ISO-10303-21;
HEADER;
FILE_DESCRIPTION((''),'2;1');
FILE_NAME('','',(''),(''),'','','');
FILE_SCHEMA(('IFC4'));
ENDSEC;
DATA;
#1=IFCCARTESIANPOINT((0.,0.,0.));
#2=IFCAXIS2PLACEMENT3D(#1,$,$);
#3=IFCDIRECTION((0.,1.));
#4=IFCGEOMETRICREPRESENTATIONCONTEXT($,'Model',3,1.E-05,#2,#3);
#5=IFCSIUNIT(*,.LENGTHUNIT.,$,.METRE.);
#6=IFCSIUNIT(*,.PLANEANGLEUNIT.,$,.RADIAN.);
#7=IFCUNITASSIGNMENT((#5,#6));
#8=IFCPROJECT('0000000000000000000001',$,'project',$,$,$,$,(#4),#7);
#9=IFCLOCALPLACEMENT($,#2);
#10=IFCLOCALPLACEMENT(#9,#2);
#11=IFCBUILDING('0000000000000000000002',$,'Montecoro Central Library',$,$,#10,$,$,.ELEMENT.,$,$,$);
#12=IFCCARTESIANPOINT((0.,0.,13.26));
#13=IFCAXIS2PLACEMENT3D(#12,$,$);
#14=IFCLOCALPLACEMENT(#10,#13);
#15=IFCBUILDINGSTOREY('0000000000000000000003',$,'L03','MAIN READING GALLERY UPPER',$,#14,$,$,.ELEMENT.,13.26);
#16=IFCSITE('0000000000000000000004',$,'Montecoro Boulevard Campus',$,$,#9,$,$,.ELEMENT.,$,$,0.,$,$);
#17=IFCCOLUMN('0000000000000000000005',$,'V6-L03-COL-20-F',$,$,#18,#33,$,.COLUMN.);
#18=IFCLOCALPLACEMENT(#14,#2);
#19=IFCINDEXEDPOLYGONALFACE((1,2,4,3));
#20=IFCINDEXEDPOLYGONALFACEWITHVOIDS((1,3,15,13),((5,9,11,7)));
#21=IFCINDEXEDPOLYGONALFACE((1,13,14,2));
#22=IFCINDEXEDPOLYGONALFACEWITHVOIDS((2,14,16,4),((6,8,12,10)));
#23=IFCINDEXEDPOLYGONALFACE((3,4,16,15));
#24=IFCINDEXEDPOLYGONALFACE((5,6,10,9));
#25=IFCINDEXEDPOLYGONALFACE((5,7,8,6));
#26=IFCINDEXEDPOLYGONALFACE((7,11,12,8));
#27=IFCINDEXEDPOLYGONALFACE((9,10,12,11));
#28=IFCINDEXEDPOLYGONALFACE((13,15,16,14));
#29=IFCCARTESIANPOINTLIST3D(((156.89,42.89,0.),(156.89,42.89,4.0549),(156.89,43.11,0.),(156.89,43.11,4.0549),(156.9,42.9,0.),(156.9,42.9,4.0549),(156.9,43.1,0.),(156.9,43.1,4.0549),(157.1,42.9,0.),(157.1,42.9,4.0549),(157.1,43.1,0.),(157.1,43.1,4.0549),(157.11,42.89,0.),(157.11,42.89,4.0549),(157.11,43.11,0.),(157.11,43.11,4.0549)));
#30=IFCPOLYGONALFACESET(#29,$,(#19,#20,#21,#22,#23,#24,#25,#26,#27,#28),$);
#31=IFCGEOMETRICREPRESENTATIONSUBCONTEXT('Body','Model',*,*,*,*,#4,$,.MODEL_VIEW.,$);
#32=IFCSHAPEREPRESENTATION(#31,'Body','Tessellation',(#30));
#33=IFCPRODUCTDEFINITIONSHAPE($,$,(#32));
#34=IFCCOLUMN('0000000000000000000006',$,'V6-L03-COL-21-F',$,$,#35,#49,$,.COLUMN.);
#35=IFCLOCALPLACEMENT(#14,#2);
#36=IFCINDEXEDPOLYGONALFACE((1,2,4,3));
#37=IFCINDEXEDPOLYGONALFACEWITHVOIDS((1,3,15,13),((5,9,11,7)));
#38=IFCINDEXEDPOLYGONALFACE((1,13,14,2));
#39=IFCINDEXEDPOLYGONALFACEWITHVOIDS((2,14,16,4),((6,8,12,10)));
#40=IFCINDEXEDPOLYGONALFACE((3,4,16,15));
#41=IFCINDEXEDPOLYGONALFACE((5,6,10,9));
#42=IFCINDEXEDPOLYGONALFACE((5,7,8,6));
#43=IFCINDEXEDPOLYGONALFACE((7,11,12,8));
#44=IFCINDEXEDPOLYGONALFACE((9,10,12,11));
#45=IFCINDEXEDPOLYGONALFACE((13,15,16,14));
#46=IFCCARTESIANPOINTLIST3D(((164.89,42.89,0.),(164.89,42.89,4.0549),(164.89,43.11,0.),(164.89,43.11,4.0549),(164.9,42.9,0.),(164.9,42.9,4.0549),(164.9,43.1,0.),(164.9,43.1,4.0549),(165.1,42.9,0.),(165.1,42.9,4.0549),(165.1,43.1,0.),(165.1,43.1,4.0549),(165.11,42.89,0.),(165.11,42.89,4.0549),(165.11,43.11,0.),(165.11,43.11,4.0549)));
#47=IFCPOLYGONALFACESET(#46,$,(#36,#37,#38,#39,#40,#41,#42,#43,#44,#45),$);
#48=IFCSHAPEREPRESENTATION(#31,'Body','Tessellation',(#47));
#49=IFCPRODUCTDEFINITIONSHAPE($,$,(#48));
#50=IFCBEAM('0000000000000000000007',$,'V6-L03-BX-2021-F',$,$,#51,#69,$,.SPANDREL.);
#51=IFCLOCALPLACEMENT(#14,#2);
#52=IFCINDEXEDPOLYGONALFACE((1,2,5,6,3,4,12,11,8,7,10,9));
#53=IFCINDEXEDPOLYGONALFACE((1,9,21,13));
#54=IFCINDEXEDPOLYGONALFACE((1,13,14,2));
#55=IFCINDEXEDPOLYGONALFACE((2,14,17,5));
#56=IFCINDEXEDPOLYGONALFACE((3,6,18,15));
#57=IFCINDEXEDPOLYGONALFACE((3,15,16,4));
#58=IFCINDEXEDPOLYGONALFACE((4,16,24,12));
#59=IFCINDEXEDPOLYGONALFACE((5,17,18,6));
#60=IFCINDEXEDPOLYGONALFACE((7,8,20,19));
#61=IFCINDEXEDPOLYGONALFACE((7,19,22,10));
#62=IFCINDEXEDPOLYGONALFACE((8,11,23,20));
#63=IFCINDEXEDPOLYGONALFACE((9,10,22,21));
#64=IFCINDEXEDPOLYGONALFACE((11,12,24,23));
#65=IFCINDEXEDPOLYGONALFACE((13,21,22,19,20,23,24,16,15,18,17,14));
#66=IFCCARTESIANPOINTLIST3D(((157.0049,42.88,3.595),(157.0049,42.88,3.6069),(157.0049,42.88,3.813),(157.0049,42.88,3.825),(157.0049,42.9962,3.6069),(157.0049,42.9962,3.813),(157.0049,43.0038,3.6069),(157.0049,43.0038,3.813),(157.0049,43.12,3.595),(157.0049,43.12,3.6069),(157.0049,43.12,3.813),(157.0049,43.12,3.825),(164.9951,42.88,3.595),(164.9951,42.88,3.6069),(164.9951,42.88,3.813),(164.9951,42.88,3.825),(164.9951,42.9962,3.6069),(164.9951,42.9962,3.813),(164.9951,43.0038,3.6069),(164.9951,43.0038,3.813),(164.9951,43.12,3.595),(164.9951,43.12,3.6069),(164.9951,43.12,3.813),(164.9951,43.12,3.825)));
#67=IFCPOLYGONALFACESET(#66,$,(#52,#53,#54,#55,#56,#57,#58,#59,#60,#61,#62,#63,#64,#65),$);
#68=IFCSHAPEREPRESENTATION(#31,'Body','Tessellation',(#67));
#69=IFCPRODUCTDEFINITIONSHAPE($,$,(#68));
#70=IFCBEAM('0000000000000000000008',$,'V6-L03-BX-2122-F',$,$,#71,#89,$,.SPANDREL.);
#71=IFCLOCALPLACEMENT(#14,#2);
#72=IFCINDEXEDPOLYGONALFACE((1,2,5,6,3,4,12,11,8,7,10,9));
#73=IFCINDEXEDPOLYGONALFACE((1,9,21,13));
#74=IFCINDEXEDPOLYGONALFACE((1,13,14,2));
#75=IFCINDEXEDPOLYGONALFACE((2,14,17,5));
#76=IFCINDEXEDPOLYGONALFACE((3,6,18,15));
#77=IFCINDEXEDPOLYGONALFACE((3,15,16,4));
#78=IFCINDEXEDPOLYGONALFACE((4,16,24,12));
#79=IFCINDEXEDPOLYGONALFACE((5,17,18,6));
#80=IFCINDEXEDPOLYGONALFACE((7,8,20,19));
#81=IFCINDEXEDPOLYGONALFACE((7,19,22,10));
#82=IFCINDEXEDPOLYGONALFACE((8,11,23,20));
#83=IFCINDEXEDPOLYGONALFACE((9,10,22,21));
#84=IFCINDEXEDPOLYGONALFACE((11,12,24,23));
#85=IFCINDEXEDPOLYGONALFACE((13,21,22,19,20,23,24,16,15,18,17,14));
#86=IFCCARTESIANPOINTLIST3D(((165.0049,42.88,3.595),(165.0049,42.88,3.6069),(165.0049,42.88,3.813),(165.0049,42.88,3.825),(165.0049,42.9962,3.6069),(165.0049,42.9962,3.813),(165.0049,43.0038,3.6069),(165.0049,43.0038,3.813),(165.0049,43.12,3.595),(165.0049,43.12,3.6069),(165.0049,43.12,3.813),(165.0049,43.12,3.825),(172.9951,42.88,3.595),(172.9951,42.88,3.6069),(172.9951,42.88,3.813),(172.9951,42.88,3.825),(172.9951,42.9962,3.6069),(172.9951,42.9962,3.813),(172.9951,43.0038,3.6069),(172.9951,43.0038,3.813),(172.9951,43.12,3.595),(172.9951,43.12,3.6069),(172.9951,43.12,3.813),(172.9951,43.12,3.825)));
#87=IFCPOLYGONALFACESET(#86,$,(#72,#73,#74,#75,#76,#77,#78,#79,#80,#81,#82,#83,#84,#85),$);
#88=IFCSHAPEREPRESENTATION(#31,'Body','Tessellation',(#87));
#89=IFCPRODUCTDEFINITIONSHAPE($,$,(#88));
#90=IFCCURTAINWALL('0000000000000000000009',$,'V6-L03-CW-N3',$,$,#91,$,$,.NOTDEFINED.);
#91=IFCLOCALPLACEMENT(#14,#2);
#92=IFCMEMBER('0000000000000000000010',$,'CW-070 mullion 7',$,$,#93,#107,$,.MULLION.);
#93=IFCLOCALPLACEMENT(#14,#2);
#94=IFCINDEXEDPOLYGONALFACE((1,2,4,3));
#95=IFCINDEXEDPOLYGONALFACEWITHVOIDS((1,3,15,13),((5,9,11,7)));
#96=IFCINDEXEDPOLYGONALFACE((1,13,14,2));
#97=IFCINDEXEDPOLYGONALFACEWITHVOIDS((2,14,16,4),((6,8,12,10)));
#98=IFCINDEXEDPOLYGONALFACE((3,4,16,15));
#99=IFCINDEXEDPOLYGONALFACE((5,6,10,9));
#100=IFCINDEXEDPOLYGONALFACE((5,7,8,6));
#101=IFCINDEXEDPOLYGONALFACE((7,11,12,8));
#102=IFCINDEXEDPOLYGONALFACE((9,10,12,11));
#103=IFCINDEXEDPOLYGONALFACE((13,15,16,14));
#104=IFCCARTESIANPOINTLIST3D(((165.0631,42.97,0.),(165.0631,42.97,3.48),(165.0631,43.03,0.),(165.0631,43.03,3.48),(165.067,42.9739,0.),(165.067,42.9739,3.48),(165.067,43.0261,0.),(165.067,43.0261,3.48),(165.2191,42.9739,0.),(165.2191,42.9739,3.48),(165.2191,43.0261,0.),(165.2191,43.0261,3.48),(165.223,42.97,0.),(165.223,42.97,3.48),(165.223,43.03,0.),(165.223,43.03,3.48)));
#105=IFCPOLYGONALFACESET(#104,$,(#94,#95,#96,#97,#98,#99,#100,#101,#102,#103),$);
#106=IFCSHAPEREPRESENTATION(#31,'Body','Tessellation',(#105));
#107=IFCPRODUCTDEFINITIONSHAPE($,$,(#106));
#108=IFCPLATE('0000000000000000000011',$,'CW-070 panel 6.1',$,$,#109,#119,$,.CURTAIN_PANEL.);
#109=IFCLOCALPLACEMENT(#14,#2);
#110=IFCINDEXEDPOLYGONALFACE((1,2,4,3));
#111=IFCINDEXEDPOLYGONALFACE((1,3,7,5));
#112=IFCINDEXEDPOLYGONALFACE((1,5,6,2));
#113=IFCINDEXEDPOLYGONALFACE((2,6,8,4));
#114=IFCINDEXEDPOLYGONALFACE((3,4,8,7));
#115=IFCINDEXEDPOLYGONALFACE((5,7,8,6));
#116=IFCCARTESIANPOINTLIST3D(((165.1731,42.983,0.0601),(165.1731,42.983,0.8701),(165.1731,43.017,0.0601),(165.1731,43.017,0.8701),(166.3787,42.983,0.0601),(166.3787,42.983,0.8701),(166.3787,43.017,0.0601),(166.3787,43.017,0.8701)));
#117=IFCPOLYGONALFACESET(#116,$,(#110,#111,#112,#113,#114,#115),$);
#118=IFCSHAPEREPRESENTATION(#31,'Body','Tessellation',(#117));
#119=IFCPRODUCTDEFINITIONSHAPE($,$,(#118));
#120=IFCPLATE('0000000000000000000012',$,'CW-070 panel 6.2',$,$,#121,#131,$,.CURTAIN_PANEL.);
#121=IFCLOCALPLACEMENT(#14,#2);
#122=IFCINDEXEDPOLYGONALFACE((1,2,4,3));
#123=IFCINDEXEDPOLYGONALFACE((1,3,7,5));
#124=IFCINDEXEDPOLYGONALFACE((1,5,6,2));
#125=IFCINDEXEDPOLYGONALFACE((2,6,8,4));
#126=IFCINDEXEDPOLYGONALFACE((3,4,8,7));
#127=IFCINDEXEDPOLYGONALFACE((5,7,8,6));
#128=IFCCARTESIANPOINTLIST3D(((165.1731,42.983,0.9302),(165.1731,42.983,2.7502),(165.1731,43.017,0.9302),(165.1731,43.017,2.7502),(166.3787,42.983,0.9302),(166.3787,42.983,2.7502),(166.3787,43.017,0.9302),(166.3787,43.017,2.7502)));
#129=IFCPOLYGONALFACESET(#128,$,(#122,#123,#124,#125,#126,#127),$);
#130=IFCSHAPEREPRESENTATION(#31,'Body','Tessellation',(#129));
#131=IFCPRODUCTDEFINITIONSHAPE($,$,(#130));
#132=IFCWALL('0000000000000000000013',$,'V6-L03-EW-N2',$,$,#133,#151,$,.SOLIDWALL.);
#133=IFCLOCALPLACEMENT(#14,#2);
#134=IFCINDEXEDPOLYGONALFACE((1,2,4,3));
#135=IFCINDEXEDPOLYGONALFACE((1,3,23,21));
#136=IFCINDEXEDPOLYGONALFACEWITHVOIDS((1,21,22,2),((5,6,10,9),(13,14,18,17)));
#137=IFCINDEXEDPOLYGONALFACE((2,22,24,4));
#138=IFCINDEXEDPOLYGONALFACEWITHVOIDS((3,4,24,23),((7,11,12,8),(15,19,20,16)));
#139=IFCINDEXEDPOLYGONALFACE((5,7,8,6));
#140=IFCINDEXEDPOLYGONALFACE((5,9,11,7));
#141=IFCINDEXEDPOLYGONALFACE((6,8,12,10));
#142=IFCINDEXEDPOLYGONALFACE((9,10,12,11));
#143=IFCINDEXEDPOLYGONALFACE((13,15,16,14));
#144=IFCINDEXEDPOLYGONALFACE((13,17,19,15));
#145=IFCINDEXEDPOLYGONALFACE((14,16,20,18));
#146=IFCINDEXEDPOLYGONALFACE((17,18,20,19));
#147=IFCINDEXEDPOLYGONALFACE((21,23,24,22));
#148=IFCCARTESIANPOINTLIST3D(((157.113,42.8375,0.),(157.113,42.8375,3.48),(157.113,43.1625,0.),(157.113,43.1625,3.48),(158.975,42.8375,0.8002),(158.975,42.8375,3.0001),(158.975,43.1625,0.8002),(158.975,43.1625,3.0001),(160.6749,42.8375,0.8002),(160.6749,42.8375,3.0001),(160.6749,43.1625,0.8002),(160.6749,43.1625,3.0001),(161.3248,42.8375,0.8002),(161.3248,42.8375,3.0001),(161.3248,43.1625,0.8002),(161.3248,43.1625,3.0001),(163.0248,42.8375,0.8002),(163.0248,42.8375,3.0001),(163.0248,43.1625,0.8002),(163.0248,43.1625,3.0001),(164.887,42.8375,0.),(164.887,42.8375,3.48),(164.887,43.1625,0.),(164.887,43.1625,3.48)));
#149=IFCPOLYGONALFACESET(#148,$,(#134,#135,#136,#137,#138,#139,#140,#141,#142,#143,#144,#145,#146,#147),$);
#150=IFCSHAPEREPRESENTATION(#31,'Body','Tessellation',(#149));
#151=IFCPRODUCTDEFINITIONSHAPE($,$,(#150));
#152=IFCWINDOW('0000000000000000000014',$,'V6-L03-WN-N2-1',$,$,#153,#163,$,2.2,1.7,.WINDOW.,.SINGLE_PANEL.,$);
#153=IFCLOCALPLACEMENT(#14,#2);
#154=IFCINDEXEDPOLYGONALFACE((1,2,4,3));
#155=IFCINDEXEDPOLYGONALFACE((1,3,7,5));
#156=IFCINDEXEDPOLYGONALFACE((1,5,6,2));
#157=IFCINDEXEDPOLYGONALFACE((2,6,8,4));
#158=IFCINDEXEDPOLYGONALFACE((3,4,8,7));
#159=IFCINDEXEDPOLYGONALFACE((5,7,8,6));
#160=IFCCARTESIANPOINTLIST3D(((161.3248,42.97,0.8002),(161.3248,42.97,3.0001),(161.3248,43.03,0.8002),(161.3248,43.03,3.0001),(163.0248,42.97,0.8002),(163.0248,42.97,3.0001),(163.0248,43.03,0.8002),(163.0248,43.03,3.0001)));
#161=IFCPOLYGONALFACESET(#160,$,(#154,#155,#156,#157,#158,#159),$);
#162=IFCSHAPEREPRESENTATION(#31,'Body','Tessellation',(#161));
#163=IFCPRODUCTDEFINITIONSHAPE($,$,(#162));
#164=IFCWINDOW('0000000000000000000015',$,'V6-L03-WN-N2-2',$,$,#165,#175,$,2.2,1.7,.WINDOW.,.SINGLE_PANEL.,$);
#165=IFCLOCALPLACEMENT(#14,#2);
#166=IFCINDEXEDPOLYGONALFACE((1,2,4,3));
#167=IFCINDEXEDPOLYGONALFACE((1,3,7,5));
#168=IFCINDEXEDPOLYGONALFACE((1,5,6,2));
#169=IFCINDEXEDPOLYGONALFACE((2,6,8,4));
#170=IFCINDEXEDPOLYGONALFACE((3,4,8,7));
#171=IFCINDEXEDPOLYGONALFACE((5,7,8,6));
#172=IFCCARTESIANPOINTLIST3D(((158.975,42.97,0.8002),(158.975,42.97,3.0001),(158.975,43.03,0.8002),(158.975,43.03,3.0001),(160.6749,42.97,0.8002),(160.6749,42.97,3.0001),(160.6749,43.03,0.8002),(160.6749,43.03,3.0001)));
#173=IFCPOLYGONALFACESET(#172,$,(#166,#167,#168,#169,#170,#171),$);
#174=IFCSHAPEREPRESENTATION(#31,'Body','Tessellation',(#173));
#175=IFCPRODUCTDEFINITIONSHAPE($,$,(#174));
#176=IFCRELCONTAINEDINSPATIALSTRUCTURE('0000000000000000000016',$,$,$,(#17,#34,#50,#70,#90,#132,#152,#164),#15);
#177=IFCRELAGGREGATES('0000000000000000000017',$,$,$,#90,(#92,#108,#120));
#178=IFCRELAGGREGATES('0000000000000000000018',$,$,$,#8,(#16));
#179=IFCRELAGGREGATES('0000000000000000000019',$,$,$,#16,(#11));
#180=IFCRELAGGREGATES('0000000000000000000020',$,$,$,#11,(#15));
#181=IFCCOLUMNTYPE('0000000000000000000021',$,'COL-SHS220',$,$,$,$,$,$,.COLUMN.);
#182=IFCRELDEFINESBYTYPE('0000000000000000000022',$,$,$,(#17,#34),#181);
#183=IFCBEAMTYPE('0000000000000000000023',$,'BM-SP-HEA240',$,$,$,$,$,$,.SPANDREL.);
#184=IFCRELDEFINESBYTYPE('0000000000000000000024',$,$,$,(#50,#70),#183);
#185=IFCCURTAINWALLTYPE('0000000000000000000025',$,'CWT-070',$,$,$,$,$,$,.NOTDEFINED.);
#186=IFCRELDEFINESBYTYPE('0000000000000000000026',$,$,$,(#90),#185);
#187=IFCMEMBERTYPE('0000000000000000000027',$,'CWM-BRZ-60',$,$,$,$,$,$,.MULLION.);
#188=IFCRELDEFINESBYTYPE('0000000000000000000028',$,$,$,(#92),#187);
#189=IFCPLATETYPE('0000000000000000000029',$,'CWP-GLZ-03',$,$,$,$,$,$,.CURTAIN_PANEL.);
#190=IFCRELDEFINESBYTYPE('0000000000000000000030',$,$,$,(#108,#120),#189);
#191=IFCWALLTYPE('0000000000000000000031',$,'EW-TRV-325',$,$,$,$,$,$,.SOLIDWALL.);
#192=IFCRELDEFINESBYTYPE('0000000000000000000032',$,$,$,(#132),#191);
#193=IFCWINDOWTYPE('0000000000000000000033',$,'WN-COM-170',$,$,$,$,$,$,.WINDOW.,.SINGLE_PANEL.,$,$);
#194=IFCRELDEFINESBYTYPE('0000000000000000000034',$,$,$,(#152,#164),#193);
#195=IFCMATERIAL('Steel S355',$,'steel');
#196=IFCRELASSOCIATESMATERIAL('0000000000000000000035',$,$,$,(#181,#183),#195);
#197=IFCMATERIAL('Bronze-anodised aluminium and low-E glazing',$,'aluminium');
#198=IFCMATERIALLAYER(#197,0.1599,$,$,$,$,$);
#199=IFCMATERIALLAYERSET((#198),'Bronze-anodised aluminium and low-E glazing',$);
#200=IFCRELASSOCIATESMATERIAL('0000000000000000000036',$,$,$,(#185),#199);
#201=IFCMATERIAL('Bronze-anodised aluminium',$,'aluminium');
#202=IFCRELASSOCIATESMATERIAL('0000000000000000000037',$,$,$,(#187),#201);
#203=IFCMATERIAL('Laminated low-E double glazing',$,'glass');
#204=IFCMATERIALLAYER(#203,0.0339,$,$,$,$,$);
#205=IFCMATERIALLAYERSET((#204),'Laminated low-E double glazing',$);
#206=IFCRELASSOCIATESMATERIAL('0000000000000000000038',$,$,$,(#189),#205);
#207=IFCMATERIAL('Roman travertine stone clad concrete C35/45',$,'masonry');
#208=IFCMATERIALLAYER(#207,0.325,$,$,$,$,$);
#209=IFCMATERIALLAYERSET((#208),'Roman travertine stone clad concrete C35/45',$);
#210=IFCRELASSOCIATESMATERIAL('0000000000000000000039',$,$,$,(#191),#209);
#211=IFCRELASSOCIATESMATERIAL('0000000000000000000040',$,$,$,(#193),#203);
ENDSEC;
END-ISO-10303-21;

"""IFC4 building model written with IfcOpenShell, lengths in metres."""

from ifc_helpers import new_model, si_unit, direction, frame, frame_2d, origin, origin_2d, place, context, subcontext, project, spatial, rectangle, hollow_rectangle, i_section, extrude, material, layer, layer_set, material_profile, profile_set, type_object, element, fill, aggregate, save


model = new_model("IFC4")

# Units and contexts
model_context = context("Model", 3, precision=1e-05, world=origin(), true_north=direction((0.0, 1.0)))
body_context = subcontext(model_context, "Body", "Model", "MODEL_VIEW")
ifc_project = project(units=[si_unit("LENGTHUNIT", "METRE"), si_unit("PLANEANGLEUNIT", "RADIAN")], contexts=[model_context])

# Site, building, storey
site_placement = place(None, origin())
site = spatial("IfcSite", under=ifc_project, at=site_placement, Name="Montecoro Boulevard Campus", CompositionType="ELEMENT", RefElevation=0.0)
building_placement = place(site_placement, origin())
building = spatial("IfcBuilding", under=site, at=building_placement, Name="Montecoro Central Library", CompositionType="ELEMENT")
storey_placement = place(building_placement, frame((0.0, 0.0, 13.26)))
storey = spatial("IfcBuildingStorey", under=building, at=storey_placement, Name="L03", Description="MAIN READING GALLERY UPPER", CompositionType="ELEMENT", Elevation=13.26)

# Columns
ifc_material_1 = material(Name="Steel S355", Category="steel")
ifc_material_profile_1 = material_profile(ifc_material_1, hollow_rectangle(XDim=0.22, YDim=0.22, WallThickness=0.01, at=origin_2d()), Name="SHS 220x220x10.0")
ifc_profile_set_1 = profile_set([ifc_material_profile_1], Name="Steel S355")
column_type = type_object("IfcColumnType", Name="COL-SHS220", PredefinedType="COLUMN", material=ifc_profile_set_1)
for number, where, z_axis, x_axis, name in (
    (1, (157.0, 43.0, 0.0), (0.0, 0.0, 1.0), (1.0, 0.0, 0.0), "V6-L03-COL-20-F"),
    (2, (165.0, 43.0, 0.0), (0.0, 0.0, 1.0), (1.0, 0.0, 0.0), "V6-L03-COL-21-F"),
):
    element("IfcColumn", number, at=place(storey_placement, frame(where, z_axis=z_axis, x_axis=x_axis)), inside=storey, type_object=column_type, Name=name, PredefinedType="COLUMN", context=body_context, shape_type="SweptSolid", body=[
        extrude(hollow_rectangle(XDim=0.22, YDim=0.22, WallThickness=0.01, at=origin_2d()), origin(), (0.0, 0.0, 1.0), 4.0549),
    ])

# Beams
ifc_material_profile_2 = material_profile(ifc_material_1, i_section(OverallWidth=0.24, OverallDepth=0.23, WebThickness=0.0076, FlangeThickness=0.012, at=origin_2d()), Name="HEA 240")
ifc_profile_set_2 = profile_set([ifc_material_profile_2], Name="Steel S355")
beam_type = type_object("IfcBeamType", Name="BM-SP-HEA240", PredefinedType="SPANDREL", material=ifc_profile_set_2)
for number, where, z_axis, x_axis, name in (
    (3, (157.0049, 43.0, 3.71), (1.0, 0.0, 0.0), (0.0, 1.0, 0.0), "V6-L03-BX-2021-F"),
    (4, (165.0049, 43.0, 3.71), (1.0, 0.0, 0.0), (0.0, 1.0, 0.0), "V6-L03-BX-2122-F"),
):
    element("IfcBeam", number, at=place(storey_placement, frame(where, z_axis=z_axis, x_axis=x_axis)), inside=storey, type_object=beam_type, Name=name, PredefinedType="SPANDREL", context=body_context, shape_type="SweptSolid", body=[
        extrude(i_section(OverallWidth=0.24, OverallDepth=0.23, WebThickness=0.0076, FlangeThickness=0.012, at=origin_2d()), origin(), (0.0, 0.0, 1.0), 7.9902),
    ])

# Curtain wall, member, plates
ifc_material_2 = material(Name="Bronze-anodised aluminium and low-E glazing", Category="aluminium")
ifc_layer_1 = layer(ifc_material_2, 0.1599)
ifc_layer_set_1 = layer_set([ifc_layer_1], Name="Bronze-anodised aluminium and low-E glazing")
curtain_wall_type = type_object("IfcCurtainWallType", Name="CWT-070", PredefinedType="NOTDEFINED", material=ifc_layer_set_1)
curtain_wall_placement = place(storey_placement, origin())
curtain_wall = element("IfcCurtainWall", 5, at=curtain_wall_placement, inside=storey, type_object=curtain_wall_type, Name="V6-L03-CW-N3", PredefinedType="NOTDEFINED")
ifc_material_3 = material(Name="Bronze-anodised aluminium", Category="aluminium")
ifc_material_profile_3 = material_profile(ifc_material_3, hollow_rectangle(XDim=0.0601, YDim=0.1599, WallThickness=0.0039, at=origin_2d()), Name="CWM 160x60x4.0")
ifc_profile_set_3 = profile_set([ifc_material_profile_3], Name="Bronze-anodised aluminium")
member_type = type_object("IfcMemberType", Name="CWM-BRZ-60", PredefinedType="MULLION", material=ifc_profile_set_3)
member_placement = place(storey_placement, frame((165.1431, 43.0, 0.0), z_axis=(0.0, 0.0, 1.0), x_axis=(0.0, -1.0, 0.0)))
member = element("IfcMember", 6, at=member_placement, type_object=member_type, Name="CW-070 mullion 7", PredefinedType="MULLION", context=body_context, shape_type="SweptSolid", body=[
    extrude(hollow_rectangle(XDim=0.0601, YDim=0.1599, WallThickness=0.0039, at=origin_2d()), origin(), (0.0, 0.0, 1.0), 3.48),
])
ifc_material_4 = material(Name="Laminated low-E double glazing", Category="glass")
ifc_layer_2 = layer(ifc_material_4, 0.0339)
ifc_layer_set_2 = layer_set([ifc_layer_2], Name="Laminated low-E double glazing")
plate_type = type_object("IfcPlateType", Name="CWP-GLZ-03", PredefinedType="CURTAIN_PANEL", material=ifc_layer_set_2)
plate_1_placement = place(storey_placement, frame((165.7759, 43.0, 0.0601), z_axis=(0.0, 0.0, 1.0), x_axis=(-1.0, 0.0, 0.0)))
plate_1 = element("IfcPlate", 7, at=plate_1_placement, type_object=plate_type, Name="CW-070 panel 6.1", PredefinedType="CURTAIN_PANEL", context=body_context, shape_type="SweptSolid", body=[
    extrude(rectangle(XDim=1.2056, YDim=0.0339, at=origin_2d()), origin(), (0.0, 0.0, 1.0), 0.8101),
])
plate_2_placement = place(storey_placement, frame((165.7759, 43.0, 0.9302), z_axis=(0.0, 0.0, 1.0), x_axis=(-1.0, 0.0, 0.0)))
plate_2 = element("IfcPlate", 8, at=plate_2_placement, type_object=plate_type, Name="CW-070 panel 6.2", PredefinedType="CURTAIN_PANEL", context=body_context, shape_type="SweptSolid", body=[
    extrude(rectangle(XDim=1.2056, YDim=0.0339, at=origin_2d()), origin(), (0.0, 0.0, 1.0), 1.8201),
])
aggregate(curtain_wall, [member, plate_1, plate_2])

# Wall, openings, windows
ifc_material_5 = material(Name="Roman travertine stone clad concrete C35/45", Category="masonry")
ifc_layer_3 = layer(ifc_material_5, 0.325)
ifc_layer_set_3 = layer_set([ifc_layer_3], Name="Roman travertine stone clad concrete C35/45")
wall_type_1 = type_object("IfcWallType", Name="EW-TRV-325", PredefinedType="SOLIDWALL", material=ifc_layer_set_3)
wall_1_placement = place(storey_placement, frame((164.887, 43.0, 0.0), z_axis=(0.0, 0.0, 1.0), x_axis=(-1.0, 0.0, 0.0)))
wall_1 = element("IfcWall", 9, at=wall_1_placement, inside=storey, type_object=wall_type_1, Name="V6-L03-EW-N2", PredefinedType="SOLIDWALL", context=body_context, shape_type="SweptSolid", body=[
    extrude(rectangle(XDim=7.7739, YDim=0.325, at=frame_2d((3.887, 0.0))), origin(), (0.0, 0.0, 1.0), 3.48),
])
opening_1_placement = place(wall_1_placement, frame((1.8621, 0.0, 0.8)))
opening_1 = element("IfcOpeningElement", 10, at=opening_1_placement, cuts=wall_1, PredefinedType="OPENING", context=body_context, shape_type="SweptSolid", body=[
    extrude(rectangle(XDim=1.7, YDim=2.2, at=frame_2d((0.8501, 1.1001))), frame((0.0, 0.1724, 0.0), z_axis=(0.0, -1.0, 0.0), x_axis=(1.0, 0.0, 0.0)), (0.0, 0.0, 1.0), 0.345),
])
opening_2_placement = place(wall_1_placement, frame((4.2119, 0.0, 0.8)))
opening_2 = element("IfcOpeningElement", 11, at=opening_2_placement, cuts=wall_1, PredefinedType="OPENING", context=body_context, shape_type="SweptSolid", body=[
    extrude(rectangle(XDim=1.7, YDim=2.2, at=frame_2d((0.8501, 1.1001))), frame((0.0, 0.1724, 0.0), z_axis=(0.0, -1.0, 0.0), x_axis=(1.0, 0.0, 0.0)), (0.0, 0.0, 1.0), 0.345),
])
window_type = type_object("IfcWindowType", Name="WN-COM-170", PartitioningType="SINGLE_PANEL", PredefinedType="WINDOW", material=ifc_material_4)
window_1_placement = place(opening_1_placement, origin())
window_1 = element("IfcWindow", 12, at=window_1_placement, inside=storey, type_object=window_type, Name="V6-L03-WN-N2-1", OverallHeight=2.2, OverallWidth=1.7, PartitioningType="SINGLE_PANEL", PredefinedType="WINDOW", context=body_context, shape_type="SweptSolid", body=[
    extrude(rectangle(XDim=1.7, YDim=2.2, at=frame_2d((0.8501, 1.1001))), frame((0.0, 0.03, 0.0), z_axis=(0.0, -1.0, 0.0), x_axis=(1.0, 0.0, 0.0)), (0.0, 0.0, 1.0), 0.0601),
])
fill(opening_1, window_1)
window_2_placement = place(opening_2_placement, origin())
window_2 = element("IfcWindow", 13, at=window_2_placement, inside=storey, type_object=window_type, Name="V6-L03-WN-N2-2", OverallHeight=2.2, OverallWidth=1.7, PartitioningType="SINGLE_PANEL", PredefinedType="WINDOW", context=body_context, shape_type="SweptSolid", body=[
    extrude(rectangle(XDim=1.7, YDim=2.2, at=frame_2d((0.8501, 1.1001))), frame((0.0, 0.03, 0.0), z_axis=(0.0, -1.0, 0.0), x_axis=(1.0, 0.0, 0.0)), (0.0, 0.0, 1.0), 0.0601),
])
fill(opening_2, window_2)

save(model, "model.ifc")
